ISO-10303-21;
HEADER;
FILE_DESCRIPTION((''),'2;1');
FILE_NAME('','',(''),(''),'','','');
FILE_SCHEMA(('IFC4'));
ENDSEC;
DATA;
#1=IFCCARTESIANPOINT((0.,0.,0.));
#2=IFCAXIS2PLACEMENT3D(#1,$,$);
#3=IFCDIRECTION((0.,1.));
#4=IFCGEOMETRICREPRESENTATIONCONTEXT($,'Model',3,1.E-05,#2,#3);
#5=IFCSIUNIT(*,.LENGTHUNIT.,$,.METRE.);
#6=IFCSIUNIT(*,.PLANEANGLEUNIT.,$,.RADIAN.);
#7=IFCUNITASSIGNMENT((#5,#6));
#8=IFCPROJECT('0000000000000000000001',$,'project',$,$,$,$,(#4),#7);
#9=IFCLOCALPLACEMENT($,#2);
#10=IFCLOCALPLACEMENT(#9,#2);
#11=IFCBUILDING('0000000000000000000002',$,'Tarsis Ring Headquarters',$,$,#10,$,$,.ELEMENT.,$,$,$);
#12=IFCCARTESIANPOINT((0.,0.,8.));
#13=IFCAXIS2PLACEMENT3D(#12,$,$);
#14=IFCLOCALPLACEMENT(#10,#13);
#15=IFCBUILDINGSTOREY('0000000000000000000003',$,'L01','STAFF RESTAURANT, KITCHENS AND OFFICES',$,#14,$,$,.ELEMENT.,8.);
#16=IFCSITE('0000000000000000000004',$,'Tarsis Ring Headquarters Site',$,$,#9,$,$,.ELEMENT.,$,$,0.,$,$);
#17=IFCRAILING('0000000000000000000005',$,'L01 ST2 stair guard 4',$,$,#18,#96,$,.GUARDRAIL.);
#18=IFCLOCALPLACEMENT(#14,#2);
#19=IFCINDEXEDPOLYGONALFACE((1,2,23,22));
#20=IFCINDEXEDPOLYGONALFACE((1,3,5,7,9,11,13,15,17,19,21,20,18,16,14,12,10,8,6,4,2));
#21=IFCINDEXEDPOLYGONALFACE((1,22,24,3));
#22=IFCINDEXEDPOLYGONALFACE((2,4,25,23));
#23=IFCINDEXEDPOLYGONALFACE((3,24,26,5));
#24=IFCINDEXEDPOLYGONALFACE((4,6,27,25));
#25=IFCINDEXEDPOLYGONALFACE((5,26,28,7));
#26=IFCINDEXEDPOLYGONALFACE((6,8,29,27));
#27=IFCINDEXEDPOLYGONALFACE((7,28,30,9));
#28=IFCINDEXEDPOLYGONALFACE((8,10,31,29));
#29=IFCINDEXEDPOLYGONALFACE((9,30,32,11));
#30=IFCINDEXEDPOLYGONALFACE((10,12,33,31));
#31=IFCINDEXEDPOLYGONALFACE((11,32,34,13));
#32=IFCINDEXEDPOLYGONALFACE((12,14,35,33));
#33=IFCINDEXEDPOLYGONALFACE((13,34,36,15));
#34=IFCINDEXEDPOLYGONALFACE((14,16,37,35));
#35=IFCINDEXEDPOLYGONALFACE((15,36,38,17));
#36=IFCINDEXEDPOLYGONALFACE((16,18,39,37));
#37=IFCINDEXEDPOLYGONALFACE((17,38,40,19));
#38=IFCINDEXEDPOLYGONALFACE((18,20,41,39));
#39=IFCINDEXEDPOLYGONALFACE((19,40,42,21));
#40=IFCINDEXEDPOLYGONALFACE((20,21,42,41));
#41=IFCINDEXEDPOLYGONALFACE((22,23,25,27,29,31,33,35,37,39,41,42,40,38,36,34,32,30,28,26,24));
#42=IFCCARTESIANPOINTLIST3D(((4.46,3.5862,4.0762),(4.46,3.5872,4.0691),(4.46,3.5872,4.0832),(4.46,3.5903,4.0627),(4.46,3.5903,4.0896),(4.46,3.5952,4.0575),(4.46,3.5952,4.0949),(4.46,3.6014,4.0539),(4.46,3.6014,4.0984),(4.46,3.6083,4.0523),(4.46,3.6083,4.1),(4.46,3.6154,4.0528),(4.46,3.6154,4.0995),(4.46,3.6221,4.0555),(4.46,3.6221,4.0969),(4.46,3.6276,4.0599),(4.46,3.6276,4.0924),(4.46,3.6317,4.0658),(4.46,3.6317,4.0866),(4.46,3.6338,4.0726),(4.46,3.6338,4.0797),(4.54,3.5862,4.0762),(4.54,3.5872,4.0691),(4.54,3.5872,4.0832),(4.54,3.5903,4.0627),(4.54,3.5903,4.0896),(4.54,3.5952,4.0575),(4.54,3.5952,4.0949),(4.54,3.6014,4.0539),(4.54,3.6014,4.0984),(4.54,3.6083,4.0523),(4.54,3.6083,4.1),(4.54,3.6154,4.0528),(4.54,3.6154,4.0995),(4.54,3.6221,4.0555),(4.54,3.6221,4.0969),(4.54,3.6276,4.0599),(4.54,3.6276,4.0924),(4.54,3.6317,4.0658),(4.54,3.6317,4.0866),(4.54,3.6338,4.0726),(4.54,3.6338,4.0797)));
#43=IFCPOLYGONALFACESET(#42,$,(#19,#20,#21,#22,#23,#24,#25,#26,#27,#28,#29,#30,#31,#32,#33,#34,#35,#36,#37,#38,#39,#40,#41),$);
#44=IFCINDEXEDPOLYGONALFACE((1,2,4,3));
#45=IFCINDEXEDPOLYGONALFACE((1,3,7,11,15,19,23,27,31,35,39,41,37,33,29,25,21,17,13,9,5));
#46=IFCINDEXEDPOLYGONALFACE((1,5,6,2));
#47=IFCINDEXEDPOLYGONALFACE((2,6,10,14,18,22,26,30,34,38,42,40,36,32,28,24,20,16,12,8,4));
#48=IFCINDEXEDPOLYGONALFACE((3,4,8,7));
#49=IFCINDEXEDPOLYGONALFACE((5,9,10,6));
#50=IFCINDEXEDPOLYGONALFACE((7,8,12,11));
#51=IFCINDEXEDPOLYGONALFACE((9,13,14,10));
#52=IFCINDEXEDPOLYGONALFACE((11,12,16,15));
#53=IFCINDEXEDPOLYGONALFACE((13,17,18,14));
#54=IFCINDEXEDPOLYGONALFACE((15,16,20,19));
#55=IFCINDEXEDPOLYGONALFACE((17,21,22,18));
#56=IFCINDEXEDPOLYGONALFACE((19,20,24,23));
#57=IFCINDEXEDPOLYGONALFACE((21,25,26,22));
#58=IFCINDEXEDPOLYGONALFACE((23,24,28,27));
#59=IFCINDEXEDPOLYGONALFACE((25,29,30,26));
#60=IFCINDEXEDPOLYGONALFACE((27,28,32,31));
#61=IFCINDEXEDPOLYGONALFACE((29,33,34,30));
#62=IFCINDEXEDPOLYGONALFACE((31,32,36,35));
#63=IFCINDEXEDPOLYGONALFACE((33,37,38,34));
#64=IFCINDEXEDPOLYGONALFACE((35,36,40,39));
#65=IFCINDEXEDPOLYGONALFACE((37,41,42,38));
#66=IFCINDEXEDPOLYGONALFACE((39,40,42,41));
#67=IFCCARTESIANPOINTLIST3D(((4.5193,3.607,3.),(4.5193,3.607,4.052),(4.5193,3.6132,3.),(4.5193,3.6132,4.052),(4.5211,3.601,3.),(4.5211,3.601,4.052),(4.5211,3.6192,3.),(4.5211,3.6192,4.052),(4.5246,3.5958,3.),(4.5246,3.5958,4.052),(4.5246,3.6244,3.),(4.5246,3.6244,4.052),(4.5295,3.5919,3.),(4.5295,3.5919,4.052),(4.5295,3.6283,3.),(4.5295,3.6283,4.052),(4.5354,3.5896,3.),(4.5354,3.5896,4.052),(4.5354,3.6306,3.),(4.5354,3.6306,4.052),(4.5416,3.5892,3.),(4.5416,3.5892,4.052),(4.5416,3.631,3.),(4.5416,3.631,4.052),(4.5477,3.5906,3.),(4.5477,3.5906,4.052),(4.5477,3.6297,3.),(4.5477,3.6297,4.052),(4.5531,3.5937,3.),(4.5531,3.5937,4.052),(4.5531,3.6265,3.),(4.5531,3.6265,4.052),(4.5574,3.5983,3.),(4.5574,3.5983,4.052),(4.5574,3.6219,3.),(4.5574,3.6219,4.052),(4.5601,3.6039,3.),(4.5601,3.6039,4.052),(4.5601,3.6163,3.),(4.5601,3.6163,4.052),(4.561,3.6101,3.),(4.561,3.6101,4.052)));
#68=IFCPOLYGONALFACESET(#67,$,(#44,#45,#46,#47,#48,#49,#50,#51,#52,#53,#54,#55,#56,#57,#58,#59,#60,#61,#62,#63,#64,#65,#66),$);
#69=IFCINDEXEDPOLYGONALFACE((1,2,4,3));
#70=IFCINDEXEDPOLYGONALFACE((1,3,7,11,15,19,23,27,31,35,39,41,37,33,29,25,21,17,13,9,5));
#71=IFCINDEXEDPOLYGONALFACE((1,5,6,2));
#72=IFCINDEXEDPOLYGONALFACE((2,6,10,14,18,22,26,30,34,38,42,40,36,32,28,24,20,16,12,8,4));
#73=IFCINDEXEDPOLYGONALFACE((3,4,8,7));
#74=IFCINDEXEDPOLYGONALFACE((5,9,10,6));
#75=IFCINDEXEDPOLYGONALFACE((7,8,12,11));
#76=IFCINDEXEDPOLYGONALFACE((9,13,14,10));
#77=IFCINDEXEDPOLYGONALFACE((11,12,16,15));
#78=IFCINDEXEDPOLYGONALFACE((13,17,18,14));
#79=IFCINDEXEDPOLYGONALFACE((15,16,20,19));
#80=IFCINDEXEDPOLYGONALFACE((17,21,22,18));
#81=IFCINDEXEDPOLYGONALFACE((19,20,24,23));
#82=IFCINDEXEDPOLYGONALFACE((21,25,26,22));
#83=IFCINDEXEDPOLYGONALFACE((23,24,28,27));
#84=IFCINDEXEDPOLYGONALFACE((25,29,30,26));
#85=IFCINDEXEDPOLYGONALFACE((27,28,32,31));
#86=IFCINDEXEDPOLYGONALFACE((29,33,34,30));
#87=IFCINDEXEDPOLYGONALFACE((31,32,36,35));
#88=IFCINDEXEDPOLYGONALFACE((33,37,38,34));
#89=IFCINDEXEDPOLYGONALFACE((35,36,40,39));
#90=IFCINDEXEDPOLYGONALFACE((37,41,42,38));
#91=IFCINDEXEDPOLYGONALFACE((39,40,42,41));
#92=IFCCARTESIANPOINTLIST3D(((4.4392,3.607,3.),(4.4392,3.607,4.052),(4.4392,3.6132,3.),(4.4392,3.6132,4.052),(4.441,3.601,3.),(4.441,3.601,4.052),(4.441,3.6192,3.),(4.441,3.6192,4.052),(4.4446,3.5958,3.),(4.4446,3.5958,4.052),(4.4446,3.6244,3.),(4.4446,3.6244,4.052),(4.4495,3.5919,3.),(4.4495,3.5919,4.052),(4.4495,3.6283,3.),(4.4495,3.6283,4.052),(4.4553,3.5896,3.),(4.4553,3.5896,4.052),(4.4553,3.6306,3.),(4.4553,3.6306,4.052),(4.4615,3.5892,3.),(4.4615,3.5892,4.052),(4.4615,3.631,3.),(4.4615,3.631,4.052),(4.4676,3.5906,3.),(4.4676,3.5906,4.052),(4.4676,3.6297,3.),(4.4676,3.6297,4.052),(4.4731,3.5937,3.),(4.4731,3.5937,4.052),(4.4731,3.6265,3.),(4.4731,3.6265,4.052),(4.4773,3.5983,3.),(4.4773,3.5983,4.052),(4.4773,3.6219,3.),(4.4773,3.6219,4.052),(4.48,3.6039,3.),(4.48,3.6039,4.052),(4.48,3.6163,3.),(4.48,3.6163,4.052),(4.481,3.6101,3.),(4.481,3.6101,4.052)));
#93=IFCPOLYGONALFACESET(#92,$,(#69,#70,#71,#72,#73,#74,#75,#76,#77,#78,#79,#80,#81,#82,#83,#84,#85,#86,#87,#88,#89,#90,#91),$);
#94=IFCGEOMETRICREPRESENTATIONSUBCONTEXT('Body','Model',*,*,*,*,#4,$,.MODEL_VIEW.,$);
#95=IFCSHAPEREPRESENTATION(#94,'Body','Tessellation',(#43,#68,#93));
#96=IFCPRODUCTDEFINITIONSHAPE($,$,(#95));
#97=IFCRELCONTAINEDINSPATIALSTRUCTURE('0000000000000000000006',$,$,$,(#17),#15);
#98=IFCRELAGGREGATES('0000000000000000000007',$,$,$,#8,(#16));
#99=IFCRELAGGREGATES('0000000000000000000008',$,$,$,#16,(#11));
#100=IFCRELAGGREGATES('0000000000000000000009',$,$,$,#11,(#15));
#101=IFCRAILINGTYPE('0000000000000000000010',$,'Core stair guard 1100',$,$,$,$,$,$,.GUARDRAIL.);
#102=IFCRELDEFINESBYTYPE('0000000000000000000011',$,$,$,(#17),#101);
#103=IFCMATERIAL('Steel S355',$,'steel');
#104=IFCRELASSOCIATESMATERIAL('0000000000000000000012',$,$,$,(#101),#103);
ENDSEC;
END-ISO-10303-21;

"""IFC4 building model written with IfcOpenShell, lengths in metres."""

from ifc_helpers import new_model, si_unit, direction, frame, origin, origin_2d, place, context, subcontext, project, spatial, circle, extrude, material, type_object, element, save


model = new_model("IFC4")

# Units and contexts
model_context = context("Model", 3, precision=1e-05, world=origin(), true_north=direction((0.0, 1.0)))
body_context = subcontext(model_context, "Body", "Model", "MODEL_VIEW")
ifc_project = project(units=[si_unit("LENGTHUNIT", "METRE"), si_unit("PLANEANGLEUNIT", "RADIAN")], contexts=[model_context])

# Site, building, storey
site_placement = place(None, origin())
site = spatial("IfcSite", under=ifc_project, at=site_placement, Name="Tarsis Ring Headquarters Site", CompositionType="ELEMENT", RefElevation=0.0)
building_placement = place(site_placement, origin())
building = spatial("IfcBuilding", under=site, at=building_placement, Name="Tarsis Ring Headquarters", CompositionType="ELEMENT")
storey_placement = place(building_placement, frame((0.0, 0.0, 8.0)))
storey = spatial("IfcBuildingStorey", under=building, at=storey_placement, Name="L01", Description="STAFF RESTAURANT, KITCHENS AND OFFICES", CompositionType="ELEMENT", Elevation=8.0)

# Railing
ifc_material_1 = material(Name="Steel S355", Category="steel")
railing_type_1 = type_object("IfcRailingType", Name="Core stair guard 1100", PredefinedType="GUARDRAIL", material=ifc_material_1)
railing_1_placement = place(storey_placement, frame((4.54, 3.6101, 3.0)))
element("IfcRailing", 1, at=railing_1_placement, inside=storey, type_object=railing_type_1, Name="L01 ST2 stair guard 4", PredefinedType="GUARDRAIL", context=body_context, shape_type="SweptSolid", body=[
    extrude(circle(Radius=0.0239, at=origin_2d()), frame((0.0, 0.0, 1.0762), z_axis=(-1.0, 0.0, 0.0), x_axis=(0.0, -1.0, 0.0)), (0.0, 0.0, 1.0), 0.0801),
    extrude(circle(Radius=0.021, at=origin_2d()), origin(), (0.0, 0.0, 1.0), 1.052),
    extrude(circle(Radius=0.021, at=origin_2d()), frame((-0.0801, 0.0, 0.0)), (0.0, 0.0, 1.0), 1.052),
])

save(model, "model.ifc")
